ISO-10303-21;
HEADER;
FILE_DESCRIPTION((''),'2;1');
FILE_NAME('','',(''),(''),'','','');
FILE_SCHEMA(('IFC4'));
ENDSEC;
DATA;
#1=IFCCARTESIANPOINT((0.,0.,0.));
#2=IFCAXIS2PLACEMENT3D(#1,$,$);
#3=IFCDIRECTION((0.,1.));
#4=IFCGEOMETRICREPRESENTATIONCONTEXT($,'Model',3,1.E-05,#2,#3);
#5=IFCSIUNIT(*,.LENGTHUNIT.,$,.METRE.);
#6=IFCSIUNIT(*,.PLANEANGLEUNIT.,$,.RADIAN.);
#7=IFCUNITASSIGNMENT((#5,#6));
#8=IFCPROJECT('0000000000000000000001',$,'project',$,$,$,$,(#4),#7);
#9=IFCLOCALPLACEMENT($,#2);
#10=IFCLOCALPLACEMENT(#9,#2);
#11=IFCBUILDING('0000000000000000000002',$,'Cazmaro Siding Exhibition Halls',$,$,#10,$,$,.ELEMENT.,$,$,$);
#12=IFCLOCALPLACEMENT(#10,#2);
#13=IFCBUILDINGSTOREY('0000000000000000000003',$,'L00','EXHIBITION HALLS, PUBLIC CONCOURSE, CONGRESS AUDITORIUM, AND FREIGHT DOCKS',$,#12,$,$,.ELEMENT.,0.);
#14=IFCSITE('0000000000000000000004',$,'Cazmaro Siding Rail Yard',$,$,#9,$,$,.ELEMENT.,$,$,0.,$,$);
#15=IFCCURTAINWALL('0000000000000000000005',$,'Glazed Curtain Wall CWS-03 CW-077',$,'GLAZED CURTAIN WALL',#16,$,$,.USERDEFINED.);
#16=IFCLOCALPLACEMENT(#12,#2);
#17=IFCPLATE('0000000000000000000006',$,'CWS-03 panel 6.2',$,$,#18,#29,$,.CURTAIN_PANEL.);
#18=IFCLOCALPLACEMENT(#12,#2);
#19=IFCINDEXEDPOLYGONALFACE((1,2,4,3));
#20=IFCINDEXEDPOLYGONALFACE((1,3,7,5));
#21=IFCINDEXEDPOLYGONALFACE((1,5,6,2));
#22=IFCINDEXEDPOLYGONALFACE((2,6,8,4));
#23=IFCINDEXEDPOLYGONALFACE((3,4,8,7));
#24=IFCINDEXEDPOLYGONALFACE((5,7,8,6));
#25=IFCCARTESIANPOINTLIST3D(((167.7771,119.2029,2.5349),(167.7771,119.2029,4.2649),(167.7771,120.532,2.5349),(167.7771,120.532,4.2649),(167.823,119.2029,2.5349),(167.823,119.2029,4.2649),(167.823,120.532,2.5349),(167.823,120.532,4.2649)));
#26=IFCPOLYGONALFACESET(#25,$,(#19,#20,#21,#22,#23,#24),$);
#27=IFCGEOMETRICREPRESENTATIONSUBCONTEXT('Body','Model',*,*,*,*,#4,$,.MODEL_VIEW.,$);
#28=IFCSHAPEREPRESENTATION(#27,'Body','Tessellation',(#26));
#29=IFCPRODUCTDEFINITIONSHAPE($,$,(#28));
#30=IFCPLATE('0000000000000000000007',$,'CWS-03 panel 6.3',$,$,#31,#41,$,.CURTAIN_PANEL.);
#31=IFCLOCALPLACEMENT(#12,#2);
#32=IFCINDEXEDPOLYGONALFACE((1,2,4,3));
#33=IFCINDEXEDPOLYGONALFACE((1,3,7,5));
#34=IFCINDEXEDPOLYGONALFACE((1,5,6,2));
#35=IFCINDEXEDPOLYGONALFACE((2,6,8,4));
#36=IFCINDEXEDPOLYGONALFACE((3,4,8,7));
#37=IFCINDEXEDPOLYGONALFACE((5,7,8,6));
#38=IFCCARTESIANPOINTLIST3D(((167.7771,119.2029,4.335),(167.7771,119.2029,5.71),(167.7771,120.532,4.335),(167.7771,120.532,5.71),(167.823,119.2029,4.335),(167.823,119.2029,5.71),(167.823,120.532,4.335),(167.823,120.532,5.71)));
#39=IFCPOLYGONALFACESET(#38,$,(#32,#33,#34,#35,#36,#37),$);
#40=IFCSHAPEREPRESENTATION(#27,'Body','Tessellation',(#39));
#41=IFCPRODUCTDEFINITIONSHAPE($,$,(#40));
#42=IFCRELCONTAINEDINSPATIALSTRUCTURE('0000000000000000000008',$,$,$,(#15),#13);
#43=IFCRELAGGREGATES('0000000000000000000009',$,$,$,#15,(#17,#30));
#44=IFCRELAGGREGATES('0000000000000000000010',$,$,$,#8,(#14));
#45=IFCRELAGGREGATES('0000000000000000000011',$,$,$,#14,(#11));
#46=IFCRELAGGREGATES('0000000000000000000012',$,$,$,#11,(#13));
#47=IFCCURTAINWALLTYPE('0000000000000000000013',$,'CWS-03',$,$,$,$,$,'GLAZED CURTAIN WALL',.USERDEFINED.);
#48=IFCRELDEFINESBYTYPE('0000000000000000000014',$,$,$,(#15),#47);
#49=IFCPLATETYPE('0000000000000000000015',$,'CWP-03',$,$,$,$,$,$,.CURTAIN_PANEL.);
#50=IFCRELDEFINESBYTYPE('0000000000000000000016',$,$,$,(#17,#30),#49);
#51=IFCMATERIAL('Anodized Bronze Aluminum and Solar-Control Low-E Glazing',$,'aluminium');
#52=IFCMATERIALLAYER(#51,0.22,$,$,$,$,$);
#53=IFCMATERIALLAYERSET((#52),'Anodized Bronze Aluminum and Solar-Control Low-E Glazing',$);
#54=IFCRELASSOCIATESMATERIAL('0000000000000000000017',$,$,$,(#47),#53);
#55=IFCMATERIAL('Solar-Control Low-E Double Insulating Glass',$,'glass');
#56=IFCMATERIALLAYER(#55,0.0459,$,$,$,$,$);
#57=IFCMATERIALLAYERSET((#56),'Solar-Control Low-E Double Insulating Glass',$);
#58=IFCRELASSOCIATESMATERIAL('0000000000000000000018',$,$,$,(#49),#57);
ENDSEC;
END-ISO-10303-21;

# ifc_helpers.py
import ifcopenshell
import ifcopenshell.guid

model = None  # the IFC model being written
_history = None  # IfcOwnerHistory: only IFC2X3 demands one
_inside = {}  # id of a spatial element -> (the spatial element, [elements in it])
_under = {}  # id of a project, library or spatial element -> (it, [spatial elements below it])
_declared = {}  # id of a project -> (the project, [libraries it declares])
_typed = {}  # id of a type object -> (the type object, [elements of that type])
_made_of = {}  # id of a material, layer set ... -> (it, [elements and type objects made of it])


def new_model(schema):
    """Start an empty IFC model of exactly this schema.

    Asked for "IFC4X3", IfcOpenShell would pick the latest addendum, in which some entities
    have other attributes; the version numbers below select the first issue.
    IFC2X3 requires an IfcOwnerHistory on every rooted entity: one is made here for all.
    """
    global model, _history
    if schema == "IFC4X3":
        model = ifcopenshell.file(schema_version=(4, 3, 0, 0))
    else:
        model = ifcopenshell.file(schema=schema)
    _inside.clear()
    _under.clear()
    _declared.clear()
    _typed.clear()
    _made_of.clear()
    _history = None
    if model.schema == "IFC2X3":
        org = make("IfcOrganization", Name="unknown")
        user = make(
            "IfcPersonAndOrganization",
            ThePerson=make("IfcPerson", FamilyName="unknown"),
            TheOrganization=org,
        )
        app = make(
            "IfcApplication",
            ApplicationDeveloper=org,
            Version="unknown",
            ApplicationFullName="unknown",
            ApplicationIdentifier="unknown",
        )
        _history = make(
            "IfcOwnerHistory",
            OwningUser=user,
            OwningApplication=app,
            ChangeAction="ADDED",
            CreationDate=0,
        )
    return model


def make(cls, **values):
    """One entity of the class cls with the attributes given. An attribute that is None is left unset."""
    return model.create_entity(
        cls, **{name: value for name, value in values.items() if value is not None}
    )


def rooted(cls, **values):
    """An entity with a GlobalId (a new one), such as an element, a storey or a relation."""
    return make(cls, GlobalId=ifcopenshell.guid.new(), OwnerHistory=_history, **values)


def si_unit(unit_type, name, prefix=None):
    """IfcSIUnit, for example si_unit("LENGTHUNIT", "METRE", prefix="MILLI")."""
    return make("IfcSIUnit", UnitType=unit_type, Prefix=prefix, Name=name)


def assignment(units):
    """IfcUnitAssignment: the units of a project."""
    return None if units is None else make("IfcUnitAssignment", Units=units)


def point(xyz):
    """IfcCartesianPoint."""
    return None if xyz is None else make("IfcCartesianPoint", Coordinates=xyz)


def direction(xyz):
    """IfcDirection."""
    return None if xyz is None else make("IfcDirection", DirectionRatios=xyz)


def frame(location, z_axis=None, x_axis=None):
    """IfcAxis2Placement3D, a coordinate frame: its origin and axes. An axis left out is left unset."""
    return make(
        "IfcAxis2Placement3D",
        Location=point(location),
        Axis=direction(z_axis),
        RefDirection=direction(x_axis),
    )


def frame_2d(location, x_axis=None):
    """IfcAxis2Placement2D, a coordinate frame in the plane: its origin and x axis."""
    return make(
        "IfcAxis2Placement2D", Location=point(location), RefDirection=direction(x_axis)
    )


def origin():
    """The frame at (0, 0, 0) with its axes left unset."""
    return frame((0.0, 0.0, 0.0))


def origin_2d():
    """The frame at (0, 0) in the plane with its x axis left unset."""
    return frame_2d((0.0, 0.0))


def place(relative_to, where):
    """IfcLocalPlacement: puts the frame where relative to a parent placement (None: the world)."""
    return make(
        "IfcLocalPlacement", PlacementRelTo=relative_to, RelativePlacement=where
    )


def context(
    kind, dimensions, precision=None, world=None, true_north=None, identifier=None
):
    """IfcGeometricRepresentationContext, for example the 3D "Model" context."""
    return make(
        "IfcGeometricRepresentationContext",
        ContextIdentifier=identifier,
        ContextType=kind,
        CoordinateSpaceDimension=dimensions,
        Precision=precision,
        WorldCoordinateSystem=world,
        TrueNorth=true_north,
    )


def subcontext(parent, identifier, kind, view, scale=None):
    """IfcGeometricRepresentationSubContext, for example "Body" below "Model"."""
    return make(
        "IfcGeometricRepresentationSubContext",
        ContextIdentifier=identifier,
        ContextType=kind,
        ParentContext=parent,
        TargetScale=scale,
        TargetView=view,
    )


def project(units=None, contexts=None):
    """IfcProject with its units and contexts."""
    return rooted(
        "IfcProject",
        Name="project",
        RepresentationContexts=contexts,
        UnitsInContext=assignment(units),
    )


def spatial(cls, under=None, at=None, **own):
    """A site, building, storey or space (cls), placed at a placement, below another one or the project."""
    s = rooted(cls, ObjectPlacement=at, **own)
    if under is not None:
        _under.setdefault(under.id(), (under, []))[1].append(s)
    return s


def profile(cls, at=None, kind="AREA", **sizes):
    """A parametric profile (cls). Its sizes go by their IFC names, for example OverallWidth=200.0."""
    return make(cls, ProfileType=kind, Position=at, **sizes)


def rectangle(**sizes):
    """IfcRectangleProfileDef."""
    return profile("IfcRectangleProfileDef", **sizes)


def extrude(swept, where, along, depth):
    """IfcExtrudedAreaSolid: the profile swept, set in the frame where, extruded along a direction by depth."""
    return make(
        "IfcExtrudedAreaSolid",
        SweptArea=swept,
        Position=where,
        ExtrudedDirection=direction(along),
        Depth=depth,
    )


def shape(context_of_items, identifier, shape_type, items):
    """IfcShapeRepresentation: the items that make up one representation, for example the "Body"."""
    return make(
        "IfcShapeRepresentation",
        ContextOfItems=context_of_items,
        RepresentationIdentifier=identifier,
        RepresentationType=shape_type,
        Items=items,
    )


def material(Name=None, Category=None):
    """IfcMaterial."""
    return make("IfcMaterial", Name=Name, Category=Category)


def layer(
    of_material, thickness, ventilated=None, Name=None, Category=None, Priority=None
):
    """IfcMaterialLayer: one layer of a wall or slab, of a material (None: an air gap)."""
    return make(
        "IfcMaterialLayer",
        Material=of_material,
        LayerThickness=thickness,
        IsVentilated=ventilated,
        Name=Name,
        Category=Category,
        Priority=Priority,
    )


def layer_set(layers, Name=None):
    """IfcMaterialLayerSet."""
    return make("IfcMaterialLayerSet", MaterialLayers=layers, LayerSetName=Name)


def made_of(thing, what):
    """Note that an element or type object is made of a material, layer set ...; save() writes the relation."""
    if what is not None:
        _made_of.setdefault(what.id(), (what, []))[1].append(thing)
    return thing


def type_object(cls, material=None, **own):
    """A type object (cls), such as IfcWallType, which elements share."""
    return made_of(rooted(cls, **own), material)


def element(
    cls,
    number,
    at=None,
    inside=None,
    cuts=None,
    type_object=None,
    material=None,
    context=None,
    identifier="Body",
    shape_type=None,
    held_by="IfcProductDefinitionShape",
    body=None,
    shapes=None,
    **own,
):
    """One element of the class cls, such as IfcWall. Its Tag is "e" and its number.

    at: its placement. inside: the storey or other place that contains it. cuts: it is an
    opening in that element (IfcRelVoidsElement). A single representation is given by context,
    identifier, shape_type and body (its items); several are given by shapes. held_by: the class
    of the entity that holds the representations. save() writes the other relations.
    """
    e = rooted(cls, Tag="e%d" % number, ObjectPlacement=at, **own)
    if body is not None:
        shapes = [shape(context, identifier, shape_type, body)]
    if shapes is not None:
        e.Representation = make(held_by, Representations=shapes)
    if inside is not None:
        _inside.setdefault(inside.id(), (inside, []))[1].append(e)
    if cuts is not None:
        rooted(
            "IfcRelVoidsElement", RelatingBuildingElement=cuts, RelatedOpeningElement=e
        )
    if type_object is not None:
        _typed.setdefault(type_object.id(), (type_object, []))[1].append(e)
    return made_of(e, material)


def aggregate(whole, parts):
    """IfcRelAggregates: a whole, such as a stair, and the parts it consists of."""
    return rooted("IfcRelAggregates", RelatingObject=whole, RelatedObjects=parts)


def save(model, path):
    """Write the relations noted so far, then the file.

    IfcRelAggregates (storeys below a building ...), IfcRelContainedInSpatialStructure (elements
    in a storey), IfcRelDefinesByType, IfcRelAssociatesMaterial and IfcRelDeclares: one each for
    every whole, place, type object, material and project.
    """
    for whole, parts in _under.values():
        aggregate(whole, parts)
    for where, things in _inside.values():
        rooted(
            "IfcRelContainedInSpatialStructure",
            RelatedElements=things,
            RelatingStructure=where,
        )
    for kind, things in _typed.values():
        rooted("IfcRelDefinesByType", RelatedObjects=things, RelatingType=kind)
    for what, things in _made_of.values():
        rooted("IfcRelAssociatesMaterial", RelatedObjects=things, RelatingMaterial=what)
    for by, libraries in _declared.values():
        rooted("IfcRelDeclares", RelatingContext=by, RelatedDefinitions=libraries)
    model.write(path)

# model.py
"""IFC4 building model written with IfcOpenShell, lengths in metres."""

from ifc_helpers import new_model, si_unit, direction, frame, origin, origin_2d, place, context, subcontext, project, spatial, rectangle, extrude, material, layer, layer_set, type_object, element, aggregate, save


model = new_model("IFC4")

# Units and contexts
model_context = context("Model", 3, precision=1e-05, world=origin(), true_north=direction((0.0, 1.0)))
body_context = subcontext(model_context, "Body", "Model", "MODEL_VIEW")
ifc_project = project(units=[si_unit("LENGTHUNIT", "METRE"), si_unit("PLANEANGLEUNIT", "RADIAN")], contexts=[model_context])

# Site, building, storey
site_placement = place(None, origin())
site = spatial("IfcSite", under=ifc_project, at=site_placement, Name="Cazmaro Siding Rail Yard", CompositionType="ELEMENT", RefElevation=0.0)
building_placement = place(site_placement, origin())
building = spatial("IfcBuilding", under=site, at=building_placement, Name="Cazmaro Siding Exhibition Halls", CompositionType="ELEMENT")
storey_placement = place(building_placement, origin())
storey = spatial("IfcBuildingStorey", under=building, at=storey_placement, Name="L00", Description="EXHIBITION HALLS, PUBLIC CONCOURSE, CONGRESS AUDITORIUM, AND FREIGHT DOCKS", CompositionType="ELEMENT", Elevation=0.0)

# Curtain wall, plates
ifc_material_1 = material(Name="Anodized Bronze Aluminum and Solar-Control Low-E Glazing", Category="aluminium")
ifc_layer_1 = layer(ifc_material_1, 0.22)
ifc_layer_set_1 = layer_set([ifc_layer_1], Name="Anodized Bronze Aluminum and Solar-Control Low-E Glazing")
curtain_wall_type = type_object("IfcCurtainWallType", Name="CWS-03", ElementType="GLAZED CURTAIN WALL", PredefinedType="USERDEFINED", material=ifc_layer_set_1)
curtain_wall_placement = place(storey_placement, origin())
curtain_wall = element("IfcCurtainWall", 1, at=curtain_wall_placement, inside=storey, type_object=curtain_wall_type, Name="Glazed Curtain Wall CWS-03 CW-077", ObjectType="GLAZED CURTAIN WALL", PredefinedType="USERDEFINED")
ifc_material_2 = material(Name="Solar-Control Low-E Double Insulating Glass", Category="glass")
ifc_layer_2 = layer(ifc_material_2, 0.0459)
ifc_layer_set_2 = layer_set([ifc_layer_2], Name="Solar-Control Low-E Double Insulating Glass")
plate_type = type_object("IfcPlateType", Name="CWP-03", PredefinedType="CURTAIN_PANEL", material=ifc_layer_set_2)
plate_1_placement = place(storey_placement, frame((167.8, 119.8674, 2.5349), z_axis=(0.0, 0.0, 1.0), x_axis=(0.0, 1.0, 0.0)))
plate_1 = element("IfcPlate", 2, at=plate_1_placement, type_object=plate_type, Name="CWS-03 panel 6.2", PredefinedType="CURTAIN_PANEL", context=body_context, shape_type="SweptSolid", body=[
    extrude(rectangle(XDim=1.3291, YDim=0.0459, at=origin_2d()), origin(), (0.0, 0.0, 1.0), 1.73),
])
plate_2_placement = place(storey_placement, frame((167.8, 119.8674, 4.335), z_axis=(0.0, 0.0, 1.0), x_axis=(0.0, 1.0, 0.0)))
plate_2 = element("IfcPlate", 3, at=plate_2_placement, type_object=plate_type, Name="CWS-03 panel 6.3", PredefinedType="CURTAIN_PANEL", context=body_context, shape_type="SweptSolid", body=[
    extrude(rectangle(XDim=1.3291, YDim=0.0459, at=origin_2d()), origin(), (0.0, 0.0, 1.0), 1.375),
])
aggregate(curtain_wall, [plate_1, plate_2])

save(model, "model.ifc")
